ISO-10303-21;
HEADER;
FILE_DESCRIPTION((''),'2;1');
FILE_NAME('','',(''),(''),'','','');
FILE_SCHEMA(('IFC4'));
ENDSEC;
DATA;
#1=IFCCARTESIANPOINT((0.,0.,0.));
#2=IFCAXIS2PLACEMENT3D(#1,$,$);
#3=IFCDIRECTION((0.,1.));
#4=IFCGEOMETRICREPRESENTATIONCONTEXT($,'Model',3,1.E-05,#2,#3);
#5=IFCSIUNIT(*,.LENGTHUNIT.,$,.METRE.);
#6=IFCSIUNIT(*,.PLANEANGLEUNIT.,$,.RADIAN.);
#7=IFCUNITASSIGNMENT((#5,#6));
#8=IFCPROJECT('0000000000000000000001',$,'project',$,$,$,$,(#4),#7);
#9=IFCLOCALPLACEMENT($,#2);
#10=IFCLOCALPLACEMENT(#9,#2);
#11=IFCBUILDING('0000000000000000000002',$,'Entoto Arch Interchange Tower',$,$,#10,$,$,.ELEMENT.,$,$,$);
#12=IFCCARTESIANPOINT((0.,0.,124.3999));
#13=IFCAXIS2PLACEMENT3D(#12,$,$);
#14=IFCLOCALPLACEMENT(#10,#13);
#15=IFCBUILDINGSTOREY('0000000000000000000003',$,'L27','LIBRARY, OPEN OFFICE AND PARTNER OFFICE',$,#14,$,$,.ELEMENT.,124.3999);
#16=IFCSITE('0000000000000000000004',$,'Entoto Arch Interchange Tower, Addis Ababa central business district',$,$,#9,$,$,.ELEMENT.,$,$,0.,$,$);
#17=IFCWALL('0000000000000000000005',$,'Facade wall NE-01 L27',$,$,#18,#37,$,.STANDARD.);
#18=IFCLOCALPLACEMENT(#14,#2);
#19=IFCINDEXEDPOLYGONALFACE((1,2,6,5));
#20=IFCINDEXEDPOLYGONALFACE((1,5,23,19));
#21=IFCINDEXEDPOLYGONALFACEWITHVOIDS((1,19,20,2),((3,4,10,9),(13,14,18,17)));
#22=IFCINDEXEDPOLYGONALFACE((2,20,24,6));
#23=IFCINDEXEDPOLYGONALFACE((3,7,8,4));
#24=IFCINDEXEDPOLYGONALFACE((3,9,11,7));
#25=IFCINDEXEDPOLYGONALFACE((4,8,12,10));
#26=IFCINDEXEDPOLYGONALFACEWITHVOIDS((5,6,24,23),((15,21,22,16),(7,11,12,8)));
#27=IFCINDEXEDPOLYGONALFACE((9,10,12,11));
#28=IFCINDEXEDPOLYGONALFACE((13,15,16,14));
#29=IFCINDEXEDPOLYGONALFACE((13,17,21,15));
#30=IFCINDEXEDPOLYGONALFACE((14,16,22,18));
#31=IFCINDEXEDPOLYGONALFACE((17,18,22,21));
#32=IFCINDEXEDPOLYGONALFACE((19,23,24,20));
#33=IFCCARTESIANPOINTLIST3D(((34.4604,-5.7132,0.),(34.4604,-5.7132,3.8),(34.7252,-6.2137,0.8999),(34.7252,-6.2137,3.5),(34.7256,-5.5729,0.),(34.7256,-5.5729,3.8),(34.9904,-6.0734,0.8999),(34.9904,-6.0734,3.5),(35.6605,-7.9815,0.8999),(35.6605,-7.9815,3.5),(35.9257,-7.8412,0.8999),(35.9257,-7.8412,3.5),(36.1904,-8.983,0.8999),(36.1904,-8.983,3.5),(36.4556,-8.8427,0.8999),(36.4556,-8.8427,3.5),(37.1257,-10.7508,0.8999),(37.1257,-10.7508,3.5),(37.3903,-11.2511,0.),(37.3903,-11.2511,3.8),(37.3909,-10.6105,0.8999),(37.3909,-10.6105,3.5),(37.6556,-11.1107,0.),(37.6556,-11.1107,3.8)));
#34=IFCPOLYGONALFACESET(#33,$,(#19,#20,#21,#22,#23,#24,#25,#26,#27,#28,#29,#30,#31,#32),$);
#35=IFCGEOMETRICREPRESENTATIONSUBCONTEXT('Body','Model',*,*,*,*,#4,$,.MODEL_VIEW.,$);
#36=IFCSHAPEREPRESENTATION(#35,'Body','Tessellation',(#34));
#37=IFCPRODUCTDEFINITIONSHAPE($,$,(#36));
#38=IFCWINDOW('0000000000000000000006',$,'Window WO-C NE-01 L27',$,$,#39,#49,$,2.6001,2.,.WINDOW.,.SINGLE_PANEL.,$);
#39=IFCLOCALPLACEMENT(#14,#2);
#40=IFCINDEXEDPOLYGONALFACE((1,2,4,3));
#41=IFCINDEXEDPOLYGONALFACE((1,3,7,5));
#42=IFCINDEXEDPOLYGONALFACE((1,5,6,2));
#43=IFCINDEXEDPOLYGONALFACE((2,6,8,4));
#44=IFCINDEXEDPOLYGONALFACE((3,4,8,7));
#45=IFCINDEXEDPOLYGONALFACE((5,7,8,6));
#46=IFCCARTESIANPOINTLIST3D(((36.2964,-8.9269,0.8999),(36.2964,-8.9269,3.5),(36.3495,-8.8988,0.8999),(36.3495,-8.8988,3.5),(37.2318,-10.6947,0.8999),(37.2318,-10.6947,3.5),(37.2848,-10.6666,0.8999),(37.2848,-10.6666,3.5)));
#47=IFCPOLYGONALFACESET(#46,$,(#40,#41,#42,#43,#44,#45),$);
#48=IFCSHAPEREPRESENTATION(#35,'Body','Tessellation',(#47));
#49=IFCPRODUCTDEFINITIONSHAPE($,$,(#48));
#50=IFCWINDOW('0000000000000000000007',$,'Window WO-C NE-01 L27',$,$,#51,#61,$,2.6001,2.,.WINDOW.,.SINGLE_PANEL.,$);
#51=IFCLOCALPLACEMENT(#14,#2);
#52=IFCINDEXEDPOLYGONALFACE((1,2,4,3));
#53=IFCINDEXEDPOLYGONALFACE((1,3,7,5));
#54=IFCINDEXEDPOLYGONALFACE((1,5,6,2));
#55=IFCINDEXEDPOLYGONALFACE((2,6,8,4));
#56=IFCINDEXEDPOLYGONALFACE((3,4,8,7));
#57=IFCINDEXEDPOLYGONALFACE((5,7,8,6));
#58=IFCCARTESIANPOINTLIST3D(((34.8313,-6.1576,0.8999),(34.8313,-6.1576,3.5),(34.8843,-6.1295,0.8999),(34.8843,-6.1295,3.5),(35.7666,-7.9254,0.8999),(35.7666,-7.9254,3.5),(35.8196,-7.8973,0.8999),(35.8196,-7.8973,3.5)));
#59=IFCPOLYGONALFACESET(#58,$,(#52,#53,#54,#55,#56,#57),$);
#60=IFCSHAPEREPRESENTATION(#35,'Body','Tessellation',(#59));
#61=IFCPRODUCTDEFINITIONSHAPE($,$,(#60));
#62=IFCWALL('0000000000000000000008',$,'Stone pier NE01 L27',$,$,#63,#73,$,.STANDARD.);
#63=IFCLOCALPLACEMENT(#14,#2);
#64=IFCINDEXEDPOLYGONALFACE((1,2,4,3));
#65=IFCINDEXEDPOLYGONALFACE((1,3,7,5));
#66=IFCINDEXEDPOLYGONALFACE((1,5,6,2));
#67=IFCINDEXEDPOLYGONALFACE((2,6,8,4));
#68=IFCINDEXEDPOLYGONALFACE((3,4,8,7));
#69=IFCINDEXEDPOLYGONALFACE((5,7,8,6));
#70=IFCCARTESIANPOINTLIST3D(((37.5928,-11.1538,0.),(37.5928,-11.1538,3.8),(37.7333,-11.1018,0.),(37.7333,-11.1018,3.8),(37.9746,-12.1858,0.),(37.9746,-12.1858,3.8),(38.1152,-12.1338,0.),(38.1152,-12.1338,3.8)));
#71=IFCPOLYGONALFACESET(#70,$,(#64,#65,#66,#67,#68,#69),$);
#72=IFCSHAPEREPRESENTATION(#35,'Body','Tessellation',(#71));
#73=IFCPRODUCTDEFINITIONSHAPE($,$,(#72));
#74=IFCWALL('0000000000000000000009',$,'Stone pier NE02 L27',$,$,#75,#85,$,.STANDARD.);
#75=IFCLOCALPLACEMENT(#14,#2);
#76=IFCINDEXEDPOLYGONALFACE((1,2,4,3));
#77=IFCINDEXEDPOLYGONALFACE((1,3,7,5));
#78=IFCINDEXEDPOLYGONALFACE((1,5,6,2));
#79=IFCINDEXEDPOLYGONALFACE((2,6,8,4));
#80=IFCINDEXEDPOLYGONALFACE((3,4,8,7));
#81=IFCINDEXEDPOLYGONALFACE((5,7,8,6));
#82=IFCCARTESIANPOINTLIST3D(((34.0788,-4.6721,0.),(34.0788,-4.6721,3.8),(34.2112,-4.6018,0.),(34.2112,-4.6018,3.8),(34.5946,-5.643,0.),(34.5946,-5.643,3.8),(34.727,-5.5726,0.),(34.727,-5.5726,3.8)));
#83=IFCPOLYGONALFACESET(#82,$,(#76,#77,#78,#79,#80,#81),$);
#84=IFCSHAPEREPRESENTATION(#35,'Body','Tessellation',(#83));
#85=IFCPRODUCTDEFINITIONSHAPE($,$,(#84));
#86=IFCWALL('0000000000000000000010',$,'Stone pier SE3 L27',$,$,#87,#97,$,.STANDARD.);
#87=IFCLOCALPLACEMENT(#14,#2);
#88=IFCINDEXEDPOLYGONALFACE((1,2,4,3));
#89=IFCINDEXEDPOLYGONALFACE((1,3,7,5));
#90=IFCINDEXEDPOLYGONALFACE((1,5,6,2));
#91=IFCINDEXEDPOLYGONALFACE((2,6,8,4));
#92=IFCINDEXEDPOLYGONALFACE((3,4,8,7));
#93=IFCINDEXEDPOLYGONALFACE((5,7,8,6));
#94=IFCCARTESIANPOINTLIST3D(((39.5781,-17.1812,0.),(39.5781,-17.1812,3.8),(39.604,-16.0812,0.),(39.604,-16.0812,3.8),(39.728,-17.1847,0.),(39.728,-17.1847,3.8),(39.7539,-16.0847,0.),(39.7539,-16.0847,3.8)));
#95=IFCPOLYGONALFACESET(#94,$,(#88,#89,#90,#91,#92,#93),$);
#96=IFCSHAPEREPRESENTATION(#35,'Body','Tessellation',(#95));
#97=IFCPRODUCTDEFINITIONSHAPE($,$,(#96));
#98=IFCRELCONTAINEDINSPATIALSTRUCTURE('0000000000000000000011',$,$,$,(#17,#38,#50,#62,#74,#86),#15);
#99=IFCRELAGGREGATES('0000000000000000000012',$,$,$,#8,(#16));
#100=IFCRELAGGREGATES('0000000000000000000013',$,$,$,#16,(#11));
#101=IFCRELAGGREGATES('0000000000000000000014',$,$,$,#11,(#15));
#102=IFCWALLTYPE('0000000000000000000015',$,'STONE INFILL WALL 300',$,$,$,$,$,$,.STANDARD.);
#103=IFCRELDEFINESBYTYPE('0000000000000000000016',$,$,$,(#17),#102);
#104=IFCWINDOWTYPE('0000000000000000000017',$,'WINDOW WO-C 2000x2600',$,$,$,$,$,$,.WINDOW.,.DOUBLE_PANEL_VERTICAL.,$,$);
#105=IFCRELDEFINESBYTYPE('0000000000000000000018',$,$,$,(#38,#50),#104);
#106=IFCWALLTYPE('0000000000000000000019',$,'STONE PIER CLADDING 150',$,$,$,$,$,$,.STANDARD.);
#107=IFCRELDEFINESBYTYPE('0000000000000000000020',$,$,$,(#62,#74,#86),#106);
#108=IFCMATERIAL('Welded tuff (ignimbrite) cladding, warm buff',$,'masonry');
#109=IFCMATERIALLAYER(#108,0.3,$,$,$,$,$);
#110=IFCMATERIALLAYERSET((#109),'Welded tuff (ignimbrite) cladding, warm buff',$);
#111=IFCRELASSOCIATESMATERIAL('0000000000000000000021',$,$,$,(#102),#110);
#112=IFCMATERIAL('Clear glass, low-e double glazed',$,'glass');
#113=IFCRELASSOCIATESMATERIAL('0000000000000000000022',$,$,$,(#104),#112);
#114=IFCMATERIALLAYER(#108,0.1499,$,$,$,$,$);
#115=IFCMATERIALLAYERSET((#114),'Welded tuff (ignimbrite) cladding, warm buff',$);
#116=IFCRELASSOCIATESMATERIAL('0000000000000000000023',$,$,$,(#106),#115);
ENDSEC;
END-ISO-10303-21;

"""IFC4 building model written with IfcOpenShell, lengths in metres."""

from ifc_helpers import new_model, si_unit, direction, frame, frame_2d, origin, place, context, subcontext, project, spatial, rectangle, extrude, material, layer, layer_set, type_object, element, fill, save


model = new_model("IFC4")

# Units and contexts
model_context = context("Model", 3, precision=1e-05, world=origin(), true_north=direction((0.0, 1.0)))
body_context = subcontext(model_context, "Body", "Model", "MODEL_VIEW")
ifc_project = project(units=[si_unit("LENGTHUNIT", "METRE"), si_unit("PLANEANGLEUNIT", "RADIAN")], contexts=[model_context])

# Site, building, storey
site_placement = place(None, origin())
site = spatial("IfcSite", under=ifc_project, at=site_placement, Name="Entoto Arch Interchange Tower, Addis Ababa central business district", CompositionType="ELEMENT", RefElevation=0.0)
building_placement = place(site_placement, origin())
building = spatial("IfcBuilding", under=site, at=building_placement, Name="Entoto Arch Interchange Tower", CompositionType="ELEMENT")
storey_placement = place(building_placement, frame((0.0, 0.0, 124.3999)))
storey = spatial("IfcBuildingStorey", under=building, at=storey_placement, Name="L27", Description="LIBRARY, OPEN OFFICE AND PARTNER OFFICE", CompositionType="ELEMENT", Elevation=124.3999)

# Shared definitions
ifc_material_1 = material(Name="Welded tuff (ignimbrite) cladding, warm buff", Category="masonry")
ifc_layer_1 = layer(ifc_material_1, 0.3)
ifc_layer_set_1 = layer_set([ifc_layer_1], Name="Welded tuff (ignimbrite) cladding, warm buff")
wall_type_1 = type_object("IfcWallType", Name="STONE INFILL WALL 300", PredefinedType="STANDARD", material=ifc_layer_set_1)
ifc_material_2 = material(Name="Clear glass, low-e double glazed", Category="glass")

# Wall, openings, windows
wall_1_placement = place(storey_placement, frame((37.5229, -11.1809, 0.0), z_axis=(0.0, 0.0, 1.0), x_axis=(-0.467655, 0.883911, 0.0)))
wall_1 = element("IfcWall", 1, at=wall_1_placement, inside=storey, type_object=wall_type_1, Name="Facade wall NE-01 L27", PredefinedType="STANDARD", context=body_context, shape_type="SweptSolid", body=[
    extrude(rectangle(XDim=6.2651, YDim=0.3, at=frame_2d((3.1326, 0.0))), origin(), (0.0, 0.0, 1.0), 3.8),
])
opening_1_placement = place(wall_1_placement, frame((0.5659, 0.0, 0.8999)))
opening_1 = element("IfcOpeningElement", 2, at=opening_1_placement, cuts=wall_1, PredefinedType="OPENING", context=body_context, shape_type="SweptSolid", body=[
    extrude(rectangle(XDim=2.0, YDim=2.6001, at=frame_2d((1.0, 1.3))), frame((0.0, 0.1602, 0.0), z_axis=(0.0, -1.0, 0.0), x_axis=(1.0, 0.0, 0.0)), (0.0, 0.0, 1.0), 0.3201),
])
opening_2_placement = place(wall_1_placement, frame((3.699, 0.0, 0.8999)))
opening_2 = element("IfcOpeningElement", 3, at=opening_2_placement, cuts=wall_1, PredefinedType="OPENING", context=body_context, shape_type="SweptSolid", body=[
    extrude(rectangle(XDim=2.0, YDim=2.6001, at=frame_2d((1.0, 1.3))), frame((0.0, 0.1602, 0.0), z_axis=(0.0, -1.0, 0.0), x_axis=(1.0, 0.0, 0.0)), (0.0, 0.0, 1.0), 0.3201),
])
window_type_1 = type_object("IfcWindowType", Name="WINDOW WO-C 2000x2600", PartitioningType="DOUBLE_PANEL_VERTICAL", PredefinedType="WINDOW", material=ifc_material_2)
window_1_placement = place(opening_1_placement, origin())
window_1 = element("IfcWindow", 4, at=window_1_placement, inside=storey, type_object=window_type_1, Name="Window WO-C NE-01 L27", OverallHeight=2.6001, OverallWidth=2.0, PartitioningType="SINGLE_PANEL", PredefinedType="WINDOW", context=body_context, shape_type="SweptSolid", body=[
    extrude(rectangle(XDim=2.0, YDim=2.6001, at=frame_2d((1.0, 1.3))), frame((0.0, 0.03, 0.0), z_axis=(0.0, -1.0, 0.0), x_axis=(1.0, 0.0, 0.0)), (0.0, 0.0, 1.0), 0.0601),
])
fill(opening_1, window_1)
window_2_placement = place(opening_2_placement, origin())
window_2 = element("IfcWindow", 5, at=window_2_placement, inside=storey, type_object=window_type_1, Name="Window WO-C NE-01 L27", OverallHeight=2.6001, OverallWidth=2.0, PartitioningType="SINGLE_PANEL", PredefinedType="WINDOW", context=body_context, shape_type="SweptSolid", body=[
    extrude(rectangle(XDim=2.0, YDim=2.6001, at=frame_2d((1.0, 1.3))), frame((0.0, 0.03, 0.0), z_axis=(0.0, -1.0, 0.0), x_axis=(1.0, 0.0, 0.0)), (0.0, 0.0, 1.0), 0.0601),
])
fill(opening_2, window_2)

# Walls
ifc_layer_2 = layer(ifc_material_1, 0.1499)
ifc_layer_set_2 = layer_set([ifc_layer_2], Name="Welded tuff (ignimbrite) cladding, warm buff")
wall_type_2 = type_object("IfcWallType", Name="STONE PIER CLADDING 150", PredefinedType="STANDARD", material=ifc_layer_set_2)
wall_2_placement = place(storey_placement, frame((38.0449, -12.1599, 0.0), z_axis=(0.0, 0.0, 1.0), x_axis=(-0.347011, 0.937861, 0.0)))
element("IfcWall", 6, at=wall_2_placement, inside=storey, type_object=wall_type_2, Name="Stone pier NE01 L27", PredefinedType="STANDARD", context=body_context, shape_type="SweptSolid", body=[
    extrude(rectangle(XDim=1.1003, YDim=0.1499, at=frame_2d((0.5503, 0.0))), origin(), (0.0, 0.0, 1.0), 3.8),
])
wall_3_placement = place(storey_placement, frame((34.6609, -5.6079, 0.0), z_axis=(0.0, 0.0, 1.0), x_axis=(-0.469193, 0.883096, 0.0)))
element("IfcWall", 7, at=wall_3_placement, inside=storey, type_object=wall_type_2, Name="Stone pier NE02 L27", PredefinedType="STANDARD", context=body_context, shape_type="SweptSolid", body=[
    extrude(rectangle(XDim=1.0994, YDim=0.1499, at=frame_2d((0.5498, 0.0))), origin(), (0.0, 0.0, 1.0), 3.8),
])
wall_4_placement = place(storey_placement, frame((39.6531, -17.1831, 0.0), z_axis=(0.0, 0.0, 1.0), x_axis=(0.023518, 0.999723, 0.0)))
element("IfcWall", 8, at=wall_4_placement, inside=storey, type_object=wall_type_2, Name="Stone pier SE3 L27", PredefinedType="STANDARD", context=body_context, shape_type="SweptSolid", body=[
    extrude(rectangle(XDim=1.1003, YDim=0.1499, at=frame_2d((0.5503, 0.0))), origin(), (0.0, 0.0, 1.0), 3.8),
])

save(model, "model.ifc")
